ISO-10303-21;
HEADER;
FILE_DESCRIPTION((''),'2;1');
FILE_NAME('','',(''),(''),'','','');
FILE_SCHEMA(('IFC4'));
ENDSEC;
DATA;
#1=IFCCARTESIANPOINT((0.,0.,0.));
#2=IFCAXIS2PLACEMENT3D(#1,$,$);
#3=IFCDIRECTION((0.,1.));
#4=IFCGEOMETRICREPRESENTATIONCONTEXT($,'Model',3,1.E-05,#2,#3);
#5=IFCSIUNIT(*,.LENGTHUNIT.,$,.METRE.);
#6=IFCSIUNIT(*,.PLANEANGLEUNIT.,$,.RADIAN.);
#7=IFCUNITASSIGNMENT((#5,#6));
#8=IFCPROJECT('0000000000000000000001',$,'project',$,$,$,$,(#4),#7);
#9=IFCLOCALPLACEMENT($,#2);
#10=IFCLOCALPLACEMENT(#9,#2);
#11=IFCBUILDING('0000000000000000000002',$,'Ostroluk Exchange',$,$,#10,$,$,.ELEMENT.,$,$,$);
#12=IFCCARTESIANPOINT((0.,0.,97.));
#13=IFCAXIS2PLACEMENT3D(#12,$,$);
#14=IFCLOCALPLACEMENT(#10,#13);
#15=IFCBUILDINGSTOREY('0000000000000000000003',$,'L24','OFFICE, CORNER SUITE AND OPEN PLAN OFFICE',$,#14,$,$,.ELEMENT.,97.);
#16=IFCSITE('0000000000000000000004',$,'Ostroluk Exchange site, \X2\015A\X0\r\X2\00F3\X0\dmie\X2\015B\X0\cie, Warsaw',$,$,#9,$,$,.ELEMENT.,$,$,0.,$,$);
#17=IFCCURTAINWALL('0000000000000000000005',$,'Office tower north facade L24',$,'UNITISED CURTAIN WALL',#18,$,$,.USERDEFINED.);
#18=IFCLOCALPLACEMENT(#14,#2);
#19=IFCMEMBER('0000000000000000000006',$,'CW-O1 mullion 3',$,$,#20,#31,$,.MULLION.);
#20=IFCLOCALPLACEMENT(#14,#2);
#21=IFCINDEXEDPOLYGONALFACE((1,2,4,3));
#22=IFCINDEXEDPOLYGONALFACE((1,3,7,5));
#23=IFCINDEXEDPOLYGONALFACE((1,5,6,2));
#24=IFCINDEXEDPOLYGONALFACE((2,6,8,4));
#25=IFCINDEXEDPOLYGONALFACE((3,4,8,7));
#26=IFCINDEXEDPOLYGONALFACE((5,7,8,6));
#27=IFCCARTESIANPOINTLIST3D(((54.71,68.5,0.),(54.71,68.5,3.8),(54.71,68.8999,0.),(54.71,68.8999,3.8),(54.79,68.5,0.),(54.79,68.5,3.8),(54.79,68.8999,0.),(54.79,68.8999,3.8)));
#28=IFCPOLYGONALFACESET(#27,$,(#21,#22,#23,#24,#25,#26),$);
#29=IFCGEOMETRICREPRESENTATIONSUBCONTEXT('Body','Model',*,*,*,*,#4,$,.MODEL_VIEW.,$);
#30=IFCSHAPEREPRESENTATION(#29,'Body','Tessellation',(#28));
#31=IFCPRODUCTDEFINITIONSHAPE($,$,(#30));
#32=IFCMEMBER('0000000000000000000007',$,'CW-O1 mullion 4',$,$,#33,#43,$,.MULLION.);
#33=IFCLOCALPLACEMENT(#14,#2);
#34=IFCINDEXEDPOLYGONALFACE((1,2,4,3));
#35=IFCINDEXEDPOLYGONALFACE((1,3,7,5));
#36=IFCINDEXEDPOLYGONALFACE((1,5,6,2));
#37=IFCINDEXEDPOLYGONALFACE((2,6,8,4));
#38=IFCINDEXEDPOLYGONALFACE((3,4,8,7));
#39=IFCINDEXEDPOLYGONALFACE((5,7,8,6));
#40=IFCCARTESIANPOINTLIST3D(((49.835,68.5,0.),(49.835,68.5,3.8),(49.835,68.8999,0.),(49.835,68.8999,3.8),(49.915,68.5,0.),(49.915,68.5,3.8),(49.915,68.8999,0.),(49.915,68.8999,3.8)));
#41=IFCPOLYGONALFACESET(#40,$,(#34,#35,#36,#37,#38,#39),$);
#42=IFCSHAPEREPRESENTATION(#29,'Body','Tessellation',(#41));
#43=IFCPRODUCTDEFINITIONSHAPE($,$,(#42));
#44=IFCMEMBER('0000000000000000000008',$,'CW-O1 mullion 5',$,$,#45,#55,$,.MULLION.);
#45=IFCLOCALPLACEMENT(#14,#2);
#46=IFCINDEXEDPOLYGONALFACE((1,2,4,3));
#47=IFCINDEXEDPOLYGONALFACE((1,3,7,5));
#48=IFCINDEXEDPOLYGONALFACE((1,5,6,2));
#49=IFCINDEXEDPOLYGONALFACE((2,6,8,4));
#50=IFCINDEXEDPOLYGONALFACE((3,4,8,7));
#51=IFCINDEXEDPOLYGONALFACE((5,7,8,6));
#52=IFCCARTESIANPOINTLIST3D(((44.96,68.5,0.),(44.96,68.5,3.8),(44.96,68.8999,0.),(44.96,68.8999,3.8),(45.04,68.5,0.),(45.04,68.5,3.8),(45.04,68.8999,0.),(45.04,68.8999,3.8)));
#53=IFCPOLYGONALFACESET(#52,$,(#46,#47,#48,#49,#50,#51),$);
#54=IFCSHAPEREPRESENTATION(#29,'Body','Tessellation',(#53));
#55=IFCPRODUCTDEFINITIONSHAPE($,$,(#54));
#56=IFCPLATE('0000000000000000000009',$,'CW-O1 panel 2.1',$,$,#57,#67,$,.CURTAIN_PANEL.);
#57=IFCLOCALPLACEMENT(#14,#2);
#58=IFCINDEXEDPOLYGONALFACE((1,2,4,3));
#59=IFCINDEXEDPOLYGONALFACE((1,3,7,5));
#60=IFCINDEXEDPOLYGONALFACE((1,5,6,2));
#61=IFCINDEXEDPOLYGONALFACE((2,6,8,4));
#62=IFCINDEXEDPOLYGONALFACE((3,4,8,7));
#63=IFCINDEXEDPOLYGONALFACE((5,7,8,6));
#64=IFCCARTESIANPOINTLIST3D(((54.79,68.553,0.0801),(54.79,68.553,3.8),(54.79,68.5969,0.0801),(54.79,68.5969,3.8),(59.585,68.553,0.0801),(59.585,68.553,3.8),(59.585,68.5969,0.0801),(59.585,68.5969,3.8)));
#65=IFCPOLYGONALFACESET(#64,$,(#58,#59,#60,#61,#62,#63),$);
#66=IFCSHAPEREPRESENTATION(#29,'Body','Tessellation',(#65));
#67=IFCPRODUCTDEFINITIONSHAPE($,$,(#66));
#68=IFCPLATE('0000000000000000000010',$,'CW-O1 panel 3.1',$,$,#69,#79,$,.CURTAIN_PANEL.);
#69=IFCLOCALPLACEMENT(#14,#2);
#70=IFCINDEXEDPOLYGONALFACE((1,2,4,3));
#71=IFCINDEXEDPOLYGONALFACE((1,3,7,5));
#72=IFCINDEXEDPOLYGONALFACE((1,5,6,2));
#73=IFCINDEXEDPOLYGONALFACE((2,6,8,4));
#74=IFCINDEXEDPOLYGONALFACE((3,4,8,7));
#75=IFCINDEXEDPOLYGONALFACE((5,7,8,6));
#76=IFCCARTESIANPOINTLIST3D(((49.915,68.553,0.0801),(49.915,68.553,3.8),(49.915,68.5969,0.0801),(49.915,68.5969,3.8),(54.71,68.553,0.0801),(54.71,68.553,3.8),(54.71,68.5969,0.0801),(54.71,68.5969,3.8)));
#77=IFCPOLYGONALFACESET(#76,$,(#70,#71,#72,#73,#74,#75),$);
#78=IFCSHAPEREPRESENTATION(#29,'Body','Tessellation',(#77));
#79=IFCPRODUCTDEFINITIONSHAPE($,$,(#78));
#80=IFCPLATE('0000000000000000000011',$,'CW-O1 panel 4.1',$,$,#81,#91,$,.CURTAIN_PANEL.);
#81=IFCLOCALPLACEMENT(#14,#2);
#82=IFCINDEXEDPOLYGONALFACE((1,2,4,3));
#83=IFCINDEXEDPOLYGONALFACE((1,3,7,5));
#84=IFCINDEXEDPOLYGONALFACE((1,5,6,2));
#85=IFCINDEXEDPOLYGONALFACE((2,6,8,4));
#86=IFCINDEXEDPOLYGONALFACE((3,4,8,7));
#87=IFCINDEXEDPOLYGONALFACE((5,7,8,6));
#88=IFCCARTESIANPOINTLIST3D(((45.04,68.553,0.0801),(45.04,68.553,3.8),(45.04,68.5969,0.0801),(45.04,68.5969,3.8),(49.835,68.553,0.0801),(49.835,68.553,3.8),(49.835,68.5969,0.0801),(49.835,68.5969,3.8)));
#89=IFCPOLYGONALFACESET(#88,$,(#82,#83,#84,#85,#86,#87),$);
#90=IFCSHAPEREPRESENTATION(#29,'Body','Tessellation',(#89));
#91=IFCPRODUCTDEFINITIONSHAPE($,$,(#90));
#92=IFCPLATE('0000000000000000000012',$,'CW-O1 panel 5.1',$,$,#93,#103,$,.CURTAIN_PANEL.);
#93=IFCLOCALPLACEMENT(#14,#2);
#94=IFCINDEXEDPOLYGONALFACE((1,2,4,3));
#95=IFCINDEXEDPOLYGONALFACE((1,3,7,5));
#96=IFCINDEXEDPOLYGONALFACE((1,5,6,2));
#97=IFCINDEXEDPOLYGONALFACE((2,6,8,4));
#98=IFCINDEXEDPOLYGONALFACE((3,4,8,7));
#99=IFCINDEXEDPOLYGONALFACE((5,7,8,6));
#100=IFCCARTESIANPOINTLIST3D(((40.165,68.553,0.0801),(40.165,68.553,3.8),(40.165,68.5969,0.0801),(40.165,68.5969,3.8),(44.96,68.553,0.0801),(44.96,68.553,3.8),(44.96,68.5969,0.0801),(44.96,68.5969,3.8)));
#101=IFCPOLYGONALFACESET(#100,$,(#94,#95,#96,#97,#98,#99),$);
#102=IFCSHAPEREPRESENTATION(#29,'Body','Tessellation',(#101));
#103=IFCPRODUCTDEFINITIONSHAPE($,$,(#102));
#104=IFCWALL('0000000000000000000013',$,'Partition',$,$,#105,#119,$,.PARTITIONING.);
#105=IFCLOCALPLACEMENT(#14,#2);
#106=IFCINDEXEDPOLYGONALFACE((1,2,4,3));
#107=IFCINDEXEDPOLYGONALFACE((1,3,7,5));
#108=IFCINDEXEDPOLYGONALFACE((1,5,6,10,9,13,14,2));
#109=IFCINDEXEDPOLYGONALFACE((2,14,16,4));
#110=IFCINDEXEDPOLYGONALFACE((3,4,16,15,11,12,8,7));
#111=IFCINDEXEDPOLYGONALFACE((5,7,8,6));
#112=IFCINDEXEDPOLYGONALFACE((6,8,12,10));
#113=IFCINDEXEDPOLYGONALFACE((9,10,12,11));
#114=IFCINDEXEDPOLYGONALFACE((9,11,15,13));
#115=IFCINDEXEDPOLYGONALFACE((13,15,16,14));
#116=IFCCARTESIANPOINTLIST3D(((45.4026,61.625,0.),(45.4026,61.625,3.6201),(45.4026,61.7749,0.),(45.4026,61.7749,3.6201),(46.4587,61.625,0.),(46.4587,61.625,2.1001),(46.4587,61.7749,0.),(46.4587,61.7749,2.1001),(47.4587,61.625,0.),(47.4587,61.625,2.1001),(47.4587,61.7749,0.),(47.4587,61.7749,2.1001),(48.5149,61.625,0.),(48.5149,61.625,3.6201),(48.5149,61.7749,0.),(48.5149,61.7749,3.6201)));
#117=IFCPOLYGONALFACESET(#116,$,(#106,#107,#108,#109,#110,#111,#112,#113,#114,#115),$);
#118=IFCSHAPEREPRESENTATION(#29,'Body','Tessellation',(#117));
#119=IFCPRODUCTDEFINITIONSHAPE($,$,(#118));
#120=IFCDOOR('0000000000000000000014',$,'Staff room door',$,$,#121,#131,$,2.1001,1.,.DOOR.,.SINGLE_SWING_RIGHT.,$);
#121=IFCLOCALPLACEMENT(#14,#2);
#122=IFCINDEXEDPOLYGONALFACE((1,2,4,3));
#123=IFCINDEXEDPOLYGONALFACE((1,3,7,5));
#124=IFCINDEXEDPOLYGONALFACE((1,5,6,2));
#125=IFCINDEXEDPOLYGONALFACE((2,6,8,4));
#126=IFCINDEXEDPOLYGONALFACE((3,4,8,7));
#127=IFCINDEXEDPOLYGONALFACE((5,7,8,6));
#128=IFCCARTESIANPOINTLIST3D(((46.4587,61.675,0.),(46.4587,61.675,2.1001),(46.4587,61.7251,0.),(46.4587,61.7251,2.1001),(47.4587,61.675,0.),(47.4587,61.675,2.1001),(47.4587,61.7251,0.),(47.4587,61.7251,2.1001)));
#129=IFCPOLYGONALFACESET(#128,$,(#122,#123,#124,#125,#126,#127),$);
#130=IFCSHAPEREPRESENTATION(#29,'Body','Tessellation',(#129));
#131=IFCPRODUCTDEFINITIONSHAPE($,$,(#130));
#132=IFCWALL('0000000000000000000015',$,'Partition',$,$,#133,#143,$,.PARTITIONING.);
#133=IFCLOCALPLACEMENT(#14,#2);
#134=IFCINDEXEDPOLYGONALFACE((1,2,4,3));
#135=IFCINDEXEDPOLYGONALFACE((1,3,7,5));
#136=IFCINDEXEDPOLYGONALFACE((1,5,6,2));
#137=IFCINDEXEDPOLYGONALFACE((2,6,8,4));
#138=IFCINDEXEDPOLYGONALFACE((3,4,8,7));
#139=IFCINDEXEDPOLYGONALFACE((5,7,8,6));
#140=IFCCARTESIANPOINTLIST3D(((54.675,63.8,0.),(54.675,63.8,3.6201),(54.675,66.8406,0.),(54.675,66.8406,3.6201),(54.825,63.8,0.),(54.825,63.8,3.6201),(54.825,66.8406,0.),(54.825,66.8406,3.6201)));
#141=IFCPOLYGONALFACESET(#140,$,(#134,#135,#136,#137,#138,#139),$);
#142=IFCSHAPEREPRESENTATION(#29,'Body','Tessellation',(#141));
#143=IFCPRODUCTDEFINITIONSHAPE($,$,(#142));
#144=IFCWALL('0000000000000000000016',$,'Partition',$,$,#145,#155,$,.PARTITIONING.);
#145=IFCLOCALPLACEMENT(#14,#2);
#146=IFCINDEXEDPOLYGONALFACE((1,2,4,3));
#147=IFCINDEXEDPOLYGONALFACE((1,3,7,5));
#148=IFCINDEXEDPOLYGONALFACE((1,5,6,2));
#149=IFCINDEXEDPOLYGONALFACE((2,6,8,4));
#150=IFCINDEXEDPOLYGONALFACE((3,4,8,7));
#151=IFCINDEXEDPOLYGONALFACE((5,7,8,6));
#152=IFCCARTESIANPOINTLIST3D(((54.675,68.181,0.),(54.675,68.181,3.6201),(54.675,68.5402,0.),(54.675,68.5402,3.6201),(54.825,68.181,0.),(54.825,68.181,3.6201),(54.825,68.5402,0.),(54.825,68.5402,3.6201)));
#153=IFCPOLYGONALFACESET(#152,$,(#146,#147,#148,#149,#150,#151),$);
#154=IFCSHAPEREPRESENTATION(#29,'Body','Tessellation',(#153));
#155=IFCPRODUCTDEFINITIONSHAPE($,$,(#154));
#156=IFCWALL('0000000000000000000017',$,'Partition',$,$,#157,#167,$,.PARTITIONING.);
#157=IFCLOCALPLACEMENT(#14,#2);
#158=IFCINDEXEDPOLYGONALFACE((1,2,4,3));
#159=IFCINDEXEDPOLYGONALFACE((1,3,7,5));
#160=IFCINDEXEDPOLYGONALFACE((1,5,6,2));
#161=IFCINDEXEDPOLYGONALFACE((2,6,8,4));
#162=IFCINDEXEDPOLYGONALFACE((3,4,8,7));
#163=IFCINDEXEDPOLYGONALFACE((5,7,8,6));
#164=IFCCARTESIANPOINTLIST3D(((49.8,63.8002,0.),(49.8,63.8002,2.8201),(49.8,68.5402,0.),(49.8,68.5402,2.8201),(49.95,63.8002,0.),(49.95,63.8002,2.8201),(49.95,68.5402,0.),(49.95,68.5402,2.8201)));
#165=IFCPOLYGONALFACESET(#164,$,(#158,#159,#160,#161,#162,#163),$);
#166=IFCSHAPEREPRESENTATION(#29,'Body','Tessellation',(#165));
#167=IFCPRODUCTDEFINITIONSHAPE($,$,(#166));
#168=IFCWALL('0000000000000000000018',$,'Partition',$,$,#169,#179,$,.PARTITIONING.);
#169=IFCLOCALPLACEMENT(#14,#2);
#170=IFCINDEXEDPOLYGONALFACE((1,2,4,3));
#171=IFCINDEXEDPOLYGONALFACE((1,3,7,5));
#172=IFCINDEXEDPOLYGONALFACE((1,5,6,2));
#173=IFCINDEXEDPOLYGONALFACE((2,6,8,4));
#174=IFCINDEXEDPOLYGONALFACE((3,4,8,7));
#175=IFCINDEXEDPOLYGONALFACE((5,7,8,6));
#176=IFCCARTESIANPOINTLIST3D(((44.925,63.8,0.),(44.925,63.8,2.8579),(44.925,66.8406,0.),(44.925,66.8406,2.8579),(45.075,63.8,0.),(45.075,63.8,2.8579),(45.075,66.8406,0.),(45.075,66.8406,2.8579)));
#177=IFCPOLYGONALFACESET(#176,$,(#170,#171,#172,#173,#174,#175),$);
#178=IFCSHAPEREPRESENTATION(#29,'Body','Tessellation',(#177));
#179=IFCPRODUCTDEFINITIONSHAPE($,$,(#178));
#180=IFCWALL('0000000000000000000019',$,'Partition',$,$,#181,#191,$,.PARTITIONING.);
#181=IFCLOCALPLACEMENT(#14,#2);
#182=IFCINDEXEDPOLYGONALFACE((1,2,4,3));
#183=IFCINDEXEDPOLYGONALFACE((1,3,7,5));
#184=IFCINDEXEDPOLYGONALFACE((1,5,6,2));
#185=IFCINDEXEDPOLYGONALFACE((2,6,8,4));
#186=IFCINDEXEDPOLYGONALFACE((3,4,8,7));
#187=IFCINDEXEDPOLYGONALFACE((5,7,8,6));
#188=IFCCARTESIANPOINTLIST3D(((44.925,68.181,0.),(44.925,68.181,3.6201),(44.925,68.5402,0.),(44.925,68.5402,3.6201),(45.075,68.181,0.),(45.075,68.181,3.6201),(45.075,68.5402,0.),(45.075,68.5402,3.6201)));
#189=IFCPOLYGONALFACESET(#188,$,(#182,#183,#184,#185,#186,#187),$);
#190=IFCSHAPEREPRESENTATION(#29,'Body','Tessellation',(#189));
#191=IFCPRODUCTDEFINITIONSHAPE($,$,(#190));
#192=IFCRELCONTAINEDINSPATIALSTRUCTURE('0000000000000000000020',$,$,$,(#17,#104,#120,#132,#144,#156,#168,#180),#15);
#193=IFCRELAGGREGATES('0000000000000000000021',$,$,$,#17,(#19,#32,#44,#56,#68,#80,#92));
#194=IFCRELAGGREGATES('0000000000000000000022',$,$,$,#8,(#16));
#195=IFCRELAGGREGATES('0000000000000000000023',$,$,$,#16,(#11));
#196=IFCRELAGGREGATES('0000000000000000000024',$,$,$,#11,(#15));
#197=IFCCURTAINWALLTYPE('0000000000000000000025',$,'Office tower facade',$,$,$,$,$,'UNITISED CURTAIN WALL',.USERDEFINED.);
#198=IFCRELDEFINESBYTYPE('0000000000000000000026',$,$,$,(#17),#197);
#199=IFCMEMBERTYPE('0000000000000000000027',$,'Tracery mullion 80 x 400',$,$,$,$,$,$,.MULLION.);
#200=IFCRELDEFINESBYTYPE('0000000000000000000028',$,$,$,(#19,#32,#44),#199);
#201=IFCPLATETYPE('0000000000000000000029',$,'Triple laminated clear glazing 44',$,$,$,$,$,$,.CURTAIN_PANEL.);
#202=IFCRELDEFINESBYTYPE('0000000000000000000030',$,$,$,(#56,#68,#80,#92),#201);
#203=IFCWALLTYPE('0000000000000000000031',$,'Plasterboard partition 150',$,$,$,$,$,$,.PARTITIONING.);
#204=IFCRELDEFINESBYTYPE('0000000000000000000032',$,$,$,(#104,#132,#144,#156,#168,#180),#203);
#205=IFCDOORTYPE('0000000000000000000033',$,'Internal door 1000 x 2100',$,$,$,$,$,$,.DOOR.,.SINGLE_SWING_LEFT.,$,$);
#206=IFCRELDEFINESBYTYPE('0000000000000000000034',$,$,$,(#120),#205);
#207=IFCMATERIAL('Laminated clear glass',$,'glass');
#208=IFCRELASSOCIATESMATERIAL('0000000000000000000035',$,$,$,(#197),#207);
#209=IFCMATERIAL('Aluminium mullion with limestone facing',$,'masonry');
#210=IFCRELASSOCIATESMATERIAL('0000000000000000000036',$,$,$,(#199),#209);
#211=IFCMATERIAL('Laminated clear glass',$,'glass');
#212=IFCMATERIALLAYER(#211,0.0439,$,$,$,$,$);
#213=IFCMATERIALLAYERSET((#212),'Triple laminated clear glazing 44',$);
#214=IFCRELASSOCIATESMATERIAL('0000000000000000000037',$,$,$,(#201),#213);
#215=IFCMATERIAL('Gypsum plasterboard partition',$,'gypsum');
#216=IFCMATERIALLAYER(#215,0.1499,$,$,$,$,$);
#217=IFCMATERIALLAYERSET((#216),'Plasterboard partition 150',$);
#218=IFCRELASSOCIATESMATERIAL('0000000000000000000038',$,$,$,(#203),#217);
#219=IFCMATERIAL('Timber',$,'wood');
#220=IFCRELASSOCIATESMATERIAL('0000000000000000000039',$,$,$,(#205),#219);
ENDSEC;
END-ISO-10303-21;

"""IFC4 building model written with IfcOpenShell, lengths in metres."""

from ifc_helpers import new_model, si_unit, direction, frame, frame_2d, origin, origin_2d, place, context, subcontext, project, spatial, rectangle, extrude, material, layer, layer_set, material_profile, profile_set, type_object, element, fill, aggregate, save


model = new_model("IFC4")

# Units and contexts
model_context = context("Model", 3, precision=1e-05, world=origin(), true_north=direction((0.0, 1.0)))
body_context = subcontext(model_context, "Body", "Model", "MODEL_VIEW")
ifc_project = project(units=[si_unit("LENGTHUNIT", "METRE"), si_unit("PLANEANGLEUNIT", "RADIAN")], contexts=[model_context])

# Site, building, storey
site_placement = place(None, origin())
site = spatial("IfcSite", under=ifc_project, at=site_placement, Name="Ostroluk Exchange site, Śródmieście, Warsaw", CompositionType="ELEMENT", RefElevation=0.0)
building_placement = place(site_placement, origin())
building = spatial("IfcBuilding", under=site, at=building_placement, Name="Ostroluk Exchange", CompositionType="ELEMENT")
storey_placement = place(building_placement, frame((0.0, 0.0, 97.0)))
storey = spatial("IfcBuildingStorey", under=building, at=storey_placement, Name="L24", Description="OFFICE, CORNER SUITE AND OPEN PLAN OFFICE", CompositionType="ELEMENT", Elevation=97.0)

# Curtain wall, members, plates
ifc_material_1 = material(Name="Laminated clear glass", Category="glass")
curtain_wall_type = type_object("IfcCurtainWallType", Name="Office tower facade", ElementType="UNITISED CURTAIN WALL", PredefinedType="USERDEFINED", material=ifc_material_1)
curtain_wall_placement = place(storey_placement, origin())
curtain_wall = element("IfcCurtainWall", 1, at=curtain_wall_placement, inside=storey, type_object=curtain_wall_type, Name="Office tower north facade L24", ObjectType="UNITISED CURTAIN WALL", PredefinedType="USERDEFINED")
ifc_material_2 = material(Name="Aluminium mullion with limestone facing", Category="masonry")
ifc_material_profile_1 = material_profile(ifc_material_2, rectangle(XDim=0.3999, YDim=0.0801, at=origin_2d()), Name="Tracery mullion 80 x 400")
ifc_profile_set_1 = profile_set([ifc_material_profile_1], Name="Aluminium mullion with limestone facing")
member_type_1 = type_object("IfcMemberType", Name="Tracery mullion 80 x 400", PredefinedType="MULLION", material=ifc_profile_set_1)
member_1_placement = place(storey_placement, frame((54.75, 68.7, 0.0), z_axis=(0.0, 0.0, 1.0), x_axis=(0.0, -1.0, 0.0)))
member_1 = element("IfcMember", 2, at=member_1_placement, type_object=member_type_1, Name="CW-O1 mullion 3", PredefinedType="MULLION", context=body_context, shape_type="SweptSolid", body=[
    extrude(rectangle(XDim=0.3999, YDim=0.0801, at=origin_2d()), origin(), (0.0, 0.0, 1.0), 3.8),
])
member_2_placement = place(storey_placement, frame((49.875, 68.7, 0.0), z_axis=(0.0, 0.0, 1.0), x_axis=(0.0, -1.0, 0.0)))
member_2 = element("IfcMember", 3, at=member_2_placement, type_object=member_type_1, Name="CW-O1 mullion 4", PredefinedType="MULLION", context=body_context, shape_type="SweptSolid", body=[
    extrude(rectangle(XDim=0.3999, YDim=0.0801, at=origin_2d()), origin(), (0.0, 0.0, 1.0), 3.8),
])
member_3_placement = place(storey_placement, frame((45.0, 68.7, 0.0), z_axis=(0.0, 0.0, 1.0), x_axis=(0.0, -1.0, 0.0)))
member_3 = element("IfcMember", 4, at=member_3_placement, type_object=member_type_1, Name="CW-O1 mullion 5", PredefinedType="MULLION", context=body_context, shape_type="SweptSolid", body=[
    extrude(rectangle(XDim=0.3999, YDim=0.0801, at=origin_2d()), origin(), (0.0, 0.0, 1.0), 3.8),
])
ifc_material_3 = material(Name="Laminated clear glass", Category="glass")
ifc_layer_1 = layer(ifc_material_3, 0.0439)
ifc_layer_set_1 = layer_set([ifc_layer_1], Name="Triple laminated clear glazing 44")
plate_type = type_object("IfcPlateType", Name="Triple laminated clear glazing 44", PredefinedType="CURTAIN_PANEL", material=ifc_layer_set_1)
plate_1_placement = place(storey_placement, frame((57.1875, 68.575, 0.0801), z_axis=(0.0, 0.0, 1.0), x_axis=(-1.0, 0.0, 0.0)))
plate_1 = element("IfcPlate", 5, at=plate_1_placement, type_object=plate_type, Name="CW-O1 panel 2.1", PredefinedType="CURTAIN_PANEL", context=body_context, shape_type="SweptSolid", body=[
    extrude(rectangle(XDim=4.7949, YDim=0.0439, at=origin_2d()), origin(), (0.0, 0.0, 1.0), 3.72),
])
plate_2_placement = place(storey_placement, frame((52.3125, 68.575, 0.0801), z_axis=(0.0, 0.0, 1.0), x_axis=(-1.0, 0.0, 0.0)))
plate_2 = element("IfcPlate", 6, at=plate_2_placement, type_object=plate_type, Name="CW-O1 panel 3.1", PredefinedType="CURTAIN_PANEL", context=body_context, shape_type="SweptSolid", body=[
    extrude(rectangle(XDim=4.7949, YDim=0.0439, at=origin_2d()), origin(), (0.0, 0.0, 1.0), 3.72),
])
plate_3_placement = place(storey_placement, frame((47.4375, 68.575, 0.0801), z_axis=(0.0, 0.0, 1.0), x_axis=(-1.0, 0.0, 0.0)))
plate_3 = element("IfcPlate", 7, at=plate_3_placement, type_object=plate_type, Name="CW-O1 panel 4.1", PredefinedType="CURTAIN_PANEL", context=body_context, shape_type="SweptSolid", body=[
    extrude(rectangle(XDim=4.7949, YDim=0.0439, at=origin_2d()), origin(), (0.0, 0.0, 1.0), 3.72),
])
plate_4_placement = place(storey_placement, frame((42.5625, 68.575, 0.0801), z_axis=(0.0, 0.0, 1.0), x_axis=(-1.0, 0.0, 0.0)))
plate_4 = element("IfcPlate", 8, at=plate_4_placement, type_object=plate_type, Name="CW-O1 panel 5.1", PredefinedType="CURTAIN_PANEL", context=body_context, shape_type="SweptSolid", body=[
    extrude(rectangle(XDim=4.7949, YDim=0.0439, at=origin_2d()), origin(), (0.0, 0.0, 1.0), 3.72),
])
aggregate(curtain_wall, [member_1, member_2, member_3, plate_1, plate_2, plate_3, plate_4])

# Wall, opening, door
ifc_material_4 = material(Name="Gypsum plasterboard partition", Category="gypsum")
ifc_layer_2 = layer(ifc_material_4, 0.1499)
ifc_layer_set_2 = layer_set([ifc_layer_2], Name="Plasterboard partition 150")
wall_type = type_object("IfcWallType", Name="Plasterboard partition 150", PredefinedType="PARTITIONING", material=ifc_layer_set_2)
wall_1_placement = place(storey_placement, frame((48.5149, 61.7, 0.0), z_axis=(0.0, 0.0, 1.0), x_axis=(-1.0, 0.0, 0.0)))
wall_1 = element("IfcWall", 9, at=wall_1_placement, inside=storey, type_object=wall_type, Name="Partition", PredefinedType="PARTITIONING", context=body_context, shape_type="SweptSolid", body=[
    extrude(rectangle(XDim=3.1123, YDim=0.1499, at=frame_2d((1.5562, 0.0))), origin(), (0.0, 0.0, 1.0), 3.6201),
])
opening_placement = place(wall_1_placement, frame((1.0562, 0.0, 0.0)))
opening = element("IfcOpeningElement", 10, at=opening_placement, cuts=wall_1, PredefinedType="OPENING", context=body_context, shape_type="SweptSolid", body=[
    extrude(rectangle(XDim=1.0, YDim=2.1001, at=frame_2d((0.5, 1.05))), frame((0.0, 0.085, 0.0), z_axis=(0.0, -1.0, 0.0), x_axis=(1.0, 0.0, 0.0)), (0.0, 0.0, 1.0), 0.1699),
])
ifc_material_5 = material(Name="Timber", Category="wood")
door_type = type_object("IfcDoorType", Name="Internal door 1000 x 2100", OperationType="SINGLE_SWING_LEFT", PredefinedType="DOOR", material=ifc_material_5)
door_placement = place(opening_placement, origin())
door = element("IfcDoor", 11, at=door_placement, inside=storey, type_object=door_type, Name="Staff room door", OperationType="SINGLE_SWING_RIGHT", OverallHeight=2.1001, OverallWidth=1.0, PredefinedType="DOOR", context=body_context, shape_type="SweptSolid", body=[
    extrude(rectangle(XDim=1.0, YDim=2.1001, at=frame_2d((0.5, 1.05))), frame((0.0, 0.0249, 0.0), z_axis=(0.0, -1.0, 0.0), x_axis=(1.0, 0.0, 0.0)), (0.0, 0.0, 1.0), 0.05),
])
fill(opening, door)

# Walls
wall_2_placement = place(storey_placement, frame((54.75, 63.8, 0.0), z_axis=(0.0, 0.0, 1.0), x_axis=(0.0, 1.0, 0.0)))
element("IfcWall", 12, at=wall_2_placement, inside=storey, type_object=wall_type, Name="Partition", PredefinedType="PARTITIONING", context=body_context, shape_type="SweptSolid", body=[
    extrude(rectangle(XDim=3.0405, YDim=0.1499, at=frame_2d((1.5203, 0.0))), origin(), (0.0, 0.0, 1.0), 3.6201),
])
wall_3_placement = place(storey_placement, frame((54.75, 68.1809, 0.0), z_axis=(0.0, 0.0, 1.0), x_axis=(0.0, 1.0, 0.0)))
element("IfcWall", 13, at=wall_3_placement, inside=storey, type_object=wall_type, Name="Partition", PredefinedType="PARTITIONING", context=body_context, shape_type="SweptSolid", body=[
    extrude(rectangle(XDim=0.3591, YDim=0.1499, at=frame_2d((0.1797, 0.0))), origin(), (0.0, 0.0, 1.0), 3.6201),
])
wall_4_placement = place(storey_placement, frame((49.875, 63.8, 0.0), z_axis=(0.0, 0.0, 1.0), x_axis=(0.0, 1.0, 0.0)))
element("IfcWall", 14, at=wall_4_placement, inside=storey, type_object=wall_type, Name="Partition", PredefinedType="PARTITIONING", context=body_context, shape_type="SweptSolid", body=[
    extrude(rectangle(XDim=4.74, YDim=0.1499, at=frame_2d((2.3701, 0.0))), origin(), (0.0, 0.0, 1.0), 2.8201),
])
wall_5_placement = place(storey_placement, frame((45.0, 63.8, 0.0), z_axis=(0.0, 0.0, 1.0), x_axis=(0.0, 1.0, 0.0)))
element("IfcWall", 15, at=wall_5_placement, inside=storey, type_object=wall_type, Name="Partition", PredefinedType="PARTITIONING", context=body_context, shape_type="SweptSolid", body=[
    extrude(rectangle(XDim=3.0405, YDim=0.1499, at=frame_2d((1.5203, 0.0))), origin(), (0.0, 0.0, 1.0), 2.8579),
])
wall_6_placement = place(storey_placement, frame((45.0, 68.1809, 0.0), z_axis=(0.0, 0.0, 1.0), x_axis=(0.0, 1.0, 0.0)))
element("IfcWall", 16, at=wall_6_placement, inside=storey, type_object=wall_type, Name="Partition", PredefinedType="PARTITIONING", context=body_context, shape_type="SweptSolid", body=[
    extrude(rectangle(XDim=0.3591, YDim=0.1499, at=frame_2d((0.1797, 0.0))), origin(), (0.0, 0.0, 1.0), 3.6201),
])

save(model, "model.ifc")
